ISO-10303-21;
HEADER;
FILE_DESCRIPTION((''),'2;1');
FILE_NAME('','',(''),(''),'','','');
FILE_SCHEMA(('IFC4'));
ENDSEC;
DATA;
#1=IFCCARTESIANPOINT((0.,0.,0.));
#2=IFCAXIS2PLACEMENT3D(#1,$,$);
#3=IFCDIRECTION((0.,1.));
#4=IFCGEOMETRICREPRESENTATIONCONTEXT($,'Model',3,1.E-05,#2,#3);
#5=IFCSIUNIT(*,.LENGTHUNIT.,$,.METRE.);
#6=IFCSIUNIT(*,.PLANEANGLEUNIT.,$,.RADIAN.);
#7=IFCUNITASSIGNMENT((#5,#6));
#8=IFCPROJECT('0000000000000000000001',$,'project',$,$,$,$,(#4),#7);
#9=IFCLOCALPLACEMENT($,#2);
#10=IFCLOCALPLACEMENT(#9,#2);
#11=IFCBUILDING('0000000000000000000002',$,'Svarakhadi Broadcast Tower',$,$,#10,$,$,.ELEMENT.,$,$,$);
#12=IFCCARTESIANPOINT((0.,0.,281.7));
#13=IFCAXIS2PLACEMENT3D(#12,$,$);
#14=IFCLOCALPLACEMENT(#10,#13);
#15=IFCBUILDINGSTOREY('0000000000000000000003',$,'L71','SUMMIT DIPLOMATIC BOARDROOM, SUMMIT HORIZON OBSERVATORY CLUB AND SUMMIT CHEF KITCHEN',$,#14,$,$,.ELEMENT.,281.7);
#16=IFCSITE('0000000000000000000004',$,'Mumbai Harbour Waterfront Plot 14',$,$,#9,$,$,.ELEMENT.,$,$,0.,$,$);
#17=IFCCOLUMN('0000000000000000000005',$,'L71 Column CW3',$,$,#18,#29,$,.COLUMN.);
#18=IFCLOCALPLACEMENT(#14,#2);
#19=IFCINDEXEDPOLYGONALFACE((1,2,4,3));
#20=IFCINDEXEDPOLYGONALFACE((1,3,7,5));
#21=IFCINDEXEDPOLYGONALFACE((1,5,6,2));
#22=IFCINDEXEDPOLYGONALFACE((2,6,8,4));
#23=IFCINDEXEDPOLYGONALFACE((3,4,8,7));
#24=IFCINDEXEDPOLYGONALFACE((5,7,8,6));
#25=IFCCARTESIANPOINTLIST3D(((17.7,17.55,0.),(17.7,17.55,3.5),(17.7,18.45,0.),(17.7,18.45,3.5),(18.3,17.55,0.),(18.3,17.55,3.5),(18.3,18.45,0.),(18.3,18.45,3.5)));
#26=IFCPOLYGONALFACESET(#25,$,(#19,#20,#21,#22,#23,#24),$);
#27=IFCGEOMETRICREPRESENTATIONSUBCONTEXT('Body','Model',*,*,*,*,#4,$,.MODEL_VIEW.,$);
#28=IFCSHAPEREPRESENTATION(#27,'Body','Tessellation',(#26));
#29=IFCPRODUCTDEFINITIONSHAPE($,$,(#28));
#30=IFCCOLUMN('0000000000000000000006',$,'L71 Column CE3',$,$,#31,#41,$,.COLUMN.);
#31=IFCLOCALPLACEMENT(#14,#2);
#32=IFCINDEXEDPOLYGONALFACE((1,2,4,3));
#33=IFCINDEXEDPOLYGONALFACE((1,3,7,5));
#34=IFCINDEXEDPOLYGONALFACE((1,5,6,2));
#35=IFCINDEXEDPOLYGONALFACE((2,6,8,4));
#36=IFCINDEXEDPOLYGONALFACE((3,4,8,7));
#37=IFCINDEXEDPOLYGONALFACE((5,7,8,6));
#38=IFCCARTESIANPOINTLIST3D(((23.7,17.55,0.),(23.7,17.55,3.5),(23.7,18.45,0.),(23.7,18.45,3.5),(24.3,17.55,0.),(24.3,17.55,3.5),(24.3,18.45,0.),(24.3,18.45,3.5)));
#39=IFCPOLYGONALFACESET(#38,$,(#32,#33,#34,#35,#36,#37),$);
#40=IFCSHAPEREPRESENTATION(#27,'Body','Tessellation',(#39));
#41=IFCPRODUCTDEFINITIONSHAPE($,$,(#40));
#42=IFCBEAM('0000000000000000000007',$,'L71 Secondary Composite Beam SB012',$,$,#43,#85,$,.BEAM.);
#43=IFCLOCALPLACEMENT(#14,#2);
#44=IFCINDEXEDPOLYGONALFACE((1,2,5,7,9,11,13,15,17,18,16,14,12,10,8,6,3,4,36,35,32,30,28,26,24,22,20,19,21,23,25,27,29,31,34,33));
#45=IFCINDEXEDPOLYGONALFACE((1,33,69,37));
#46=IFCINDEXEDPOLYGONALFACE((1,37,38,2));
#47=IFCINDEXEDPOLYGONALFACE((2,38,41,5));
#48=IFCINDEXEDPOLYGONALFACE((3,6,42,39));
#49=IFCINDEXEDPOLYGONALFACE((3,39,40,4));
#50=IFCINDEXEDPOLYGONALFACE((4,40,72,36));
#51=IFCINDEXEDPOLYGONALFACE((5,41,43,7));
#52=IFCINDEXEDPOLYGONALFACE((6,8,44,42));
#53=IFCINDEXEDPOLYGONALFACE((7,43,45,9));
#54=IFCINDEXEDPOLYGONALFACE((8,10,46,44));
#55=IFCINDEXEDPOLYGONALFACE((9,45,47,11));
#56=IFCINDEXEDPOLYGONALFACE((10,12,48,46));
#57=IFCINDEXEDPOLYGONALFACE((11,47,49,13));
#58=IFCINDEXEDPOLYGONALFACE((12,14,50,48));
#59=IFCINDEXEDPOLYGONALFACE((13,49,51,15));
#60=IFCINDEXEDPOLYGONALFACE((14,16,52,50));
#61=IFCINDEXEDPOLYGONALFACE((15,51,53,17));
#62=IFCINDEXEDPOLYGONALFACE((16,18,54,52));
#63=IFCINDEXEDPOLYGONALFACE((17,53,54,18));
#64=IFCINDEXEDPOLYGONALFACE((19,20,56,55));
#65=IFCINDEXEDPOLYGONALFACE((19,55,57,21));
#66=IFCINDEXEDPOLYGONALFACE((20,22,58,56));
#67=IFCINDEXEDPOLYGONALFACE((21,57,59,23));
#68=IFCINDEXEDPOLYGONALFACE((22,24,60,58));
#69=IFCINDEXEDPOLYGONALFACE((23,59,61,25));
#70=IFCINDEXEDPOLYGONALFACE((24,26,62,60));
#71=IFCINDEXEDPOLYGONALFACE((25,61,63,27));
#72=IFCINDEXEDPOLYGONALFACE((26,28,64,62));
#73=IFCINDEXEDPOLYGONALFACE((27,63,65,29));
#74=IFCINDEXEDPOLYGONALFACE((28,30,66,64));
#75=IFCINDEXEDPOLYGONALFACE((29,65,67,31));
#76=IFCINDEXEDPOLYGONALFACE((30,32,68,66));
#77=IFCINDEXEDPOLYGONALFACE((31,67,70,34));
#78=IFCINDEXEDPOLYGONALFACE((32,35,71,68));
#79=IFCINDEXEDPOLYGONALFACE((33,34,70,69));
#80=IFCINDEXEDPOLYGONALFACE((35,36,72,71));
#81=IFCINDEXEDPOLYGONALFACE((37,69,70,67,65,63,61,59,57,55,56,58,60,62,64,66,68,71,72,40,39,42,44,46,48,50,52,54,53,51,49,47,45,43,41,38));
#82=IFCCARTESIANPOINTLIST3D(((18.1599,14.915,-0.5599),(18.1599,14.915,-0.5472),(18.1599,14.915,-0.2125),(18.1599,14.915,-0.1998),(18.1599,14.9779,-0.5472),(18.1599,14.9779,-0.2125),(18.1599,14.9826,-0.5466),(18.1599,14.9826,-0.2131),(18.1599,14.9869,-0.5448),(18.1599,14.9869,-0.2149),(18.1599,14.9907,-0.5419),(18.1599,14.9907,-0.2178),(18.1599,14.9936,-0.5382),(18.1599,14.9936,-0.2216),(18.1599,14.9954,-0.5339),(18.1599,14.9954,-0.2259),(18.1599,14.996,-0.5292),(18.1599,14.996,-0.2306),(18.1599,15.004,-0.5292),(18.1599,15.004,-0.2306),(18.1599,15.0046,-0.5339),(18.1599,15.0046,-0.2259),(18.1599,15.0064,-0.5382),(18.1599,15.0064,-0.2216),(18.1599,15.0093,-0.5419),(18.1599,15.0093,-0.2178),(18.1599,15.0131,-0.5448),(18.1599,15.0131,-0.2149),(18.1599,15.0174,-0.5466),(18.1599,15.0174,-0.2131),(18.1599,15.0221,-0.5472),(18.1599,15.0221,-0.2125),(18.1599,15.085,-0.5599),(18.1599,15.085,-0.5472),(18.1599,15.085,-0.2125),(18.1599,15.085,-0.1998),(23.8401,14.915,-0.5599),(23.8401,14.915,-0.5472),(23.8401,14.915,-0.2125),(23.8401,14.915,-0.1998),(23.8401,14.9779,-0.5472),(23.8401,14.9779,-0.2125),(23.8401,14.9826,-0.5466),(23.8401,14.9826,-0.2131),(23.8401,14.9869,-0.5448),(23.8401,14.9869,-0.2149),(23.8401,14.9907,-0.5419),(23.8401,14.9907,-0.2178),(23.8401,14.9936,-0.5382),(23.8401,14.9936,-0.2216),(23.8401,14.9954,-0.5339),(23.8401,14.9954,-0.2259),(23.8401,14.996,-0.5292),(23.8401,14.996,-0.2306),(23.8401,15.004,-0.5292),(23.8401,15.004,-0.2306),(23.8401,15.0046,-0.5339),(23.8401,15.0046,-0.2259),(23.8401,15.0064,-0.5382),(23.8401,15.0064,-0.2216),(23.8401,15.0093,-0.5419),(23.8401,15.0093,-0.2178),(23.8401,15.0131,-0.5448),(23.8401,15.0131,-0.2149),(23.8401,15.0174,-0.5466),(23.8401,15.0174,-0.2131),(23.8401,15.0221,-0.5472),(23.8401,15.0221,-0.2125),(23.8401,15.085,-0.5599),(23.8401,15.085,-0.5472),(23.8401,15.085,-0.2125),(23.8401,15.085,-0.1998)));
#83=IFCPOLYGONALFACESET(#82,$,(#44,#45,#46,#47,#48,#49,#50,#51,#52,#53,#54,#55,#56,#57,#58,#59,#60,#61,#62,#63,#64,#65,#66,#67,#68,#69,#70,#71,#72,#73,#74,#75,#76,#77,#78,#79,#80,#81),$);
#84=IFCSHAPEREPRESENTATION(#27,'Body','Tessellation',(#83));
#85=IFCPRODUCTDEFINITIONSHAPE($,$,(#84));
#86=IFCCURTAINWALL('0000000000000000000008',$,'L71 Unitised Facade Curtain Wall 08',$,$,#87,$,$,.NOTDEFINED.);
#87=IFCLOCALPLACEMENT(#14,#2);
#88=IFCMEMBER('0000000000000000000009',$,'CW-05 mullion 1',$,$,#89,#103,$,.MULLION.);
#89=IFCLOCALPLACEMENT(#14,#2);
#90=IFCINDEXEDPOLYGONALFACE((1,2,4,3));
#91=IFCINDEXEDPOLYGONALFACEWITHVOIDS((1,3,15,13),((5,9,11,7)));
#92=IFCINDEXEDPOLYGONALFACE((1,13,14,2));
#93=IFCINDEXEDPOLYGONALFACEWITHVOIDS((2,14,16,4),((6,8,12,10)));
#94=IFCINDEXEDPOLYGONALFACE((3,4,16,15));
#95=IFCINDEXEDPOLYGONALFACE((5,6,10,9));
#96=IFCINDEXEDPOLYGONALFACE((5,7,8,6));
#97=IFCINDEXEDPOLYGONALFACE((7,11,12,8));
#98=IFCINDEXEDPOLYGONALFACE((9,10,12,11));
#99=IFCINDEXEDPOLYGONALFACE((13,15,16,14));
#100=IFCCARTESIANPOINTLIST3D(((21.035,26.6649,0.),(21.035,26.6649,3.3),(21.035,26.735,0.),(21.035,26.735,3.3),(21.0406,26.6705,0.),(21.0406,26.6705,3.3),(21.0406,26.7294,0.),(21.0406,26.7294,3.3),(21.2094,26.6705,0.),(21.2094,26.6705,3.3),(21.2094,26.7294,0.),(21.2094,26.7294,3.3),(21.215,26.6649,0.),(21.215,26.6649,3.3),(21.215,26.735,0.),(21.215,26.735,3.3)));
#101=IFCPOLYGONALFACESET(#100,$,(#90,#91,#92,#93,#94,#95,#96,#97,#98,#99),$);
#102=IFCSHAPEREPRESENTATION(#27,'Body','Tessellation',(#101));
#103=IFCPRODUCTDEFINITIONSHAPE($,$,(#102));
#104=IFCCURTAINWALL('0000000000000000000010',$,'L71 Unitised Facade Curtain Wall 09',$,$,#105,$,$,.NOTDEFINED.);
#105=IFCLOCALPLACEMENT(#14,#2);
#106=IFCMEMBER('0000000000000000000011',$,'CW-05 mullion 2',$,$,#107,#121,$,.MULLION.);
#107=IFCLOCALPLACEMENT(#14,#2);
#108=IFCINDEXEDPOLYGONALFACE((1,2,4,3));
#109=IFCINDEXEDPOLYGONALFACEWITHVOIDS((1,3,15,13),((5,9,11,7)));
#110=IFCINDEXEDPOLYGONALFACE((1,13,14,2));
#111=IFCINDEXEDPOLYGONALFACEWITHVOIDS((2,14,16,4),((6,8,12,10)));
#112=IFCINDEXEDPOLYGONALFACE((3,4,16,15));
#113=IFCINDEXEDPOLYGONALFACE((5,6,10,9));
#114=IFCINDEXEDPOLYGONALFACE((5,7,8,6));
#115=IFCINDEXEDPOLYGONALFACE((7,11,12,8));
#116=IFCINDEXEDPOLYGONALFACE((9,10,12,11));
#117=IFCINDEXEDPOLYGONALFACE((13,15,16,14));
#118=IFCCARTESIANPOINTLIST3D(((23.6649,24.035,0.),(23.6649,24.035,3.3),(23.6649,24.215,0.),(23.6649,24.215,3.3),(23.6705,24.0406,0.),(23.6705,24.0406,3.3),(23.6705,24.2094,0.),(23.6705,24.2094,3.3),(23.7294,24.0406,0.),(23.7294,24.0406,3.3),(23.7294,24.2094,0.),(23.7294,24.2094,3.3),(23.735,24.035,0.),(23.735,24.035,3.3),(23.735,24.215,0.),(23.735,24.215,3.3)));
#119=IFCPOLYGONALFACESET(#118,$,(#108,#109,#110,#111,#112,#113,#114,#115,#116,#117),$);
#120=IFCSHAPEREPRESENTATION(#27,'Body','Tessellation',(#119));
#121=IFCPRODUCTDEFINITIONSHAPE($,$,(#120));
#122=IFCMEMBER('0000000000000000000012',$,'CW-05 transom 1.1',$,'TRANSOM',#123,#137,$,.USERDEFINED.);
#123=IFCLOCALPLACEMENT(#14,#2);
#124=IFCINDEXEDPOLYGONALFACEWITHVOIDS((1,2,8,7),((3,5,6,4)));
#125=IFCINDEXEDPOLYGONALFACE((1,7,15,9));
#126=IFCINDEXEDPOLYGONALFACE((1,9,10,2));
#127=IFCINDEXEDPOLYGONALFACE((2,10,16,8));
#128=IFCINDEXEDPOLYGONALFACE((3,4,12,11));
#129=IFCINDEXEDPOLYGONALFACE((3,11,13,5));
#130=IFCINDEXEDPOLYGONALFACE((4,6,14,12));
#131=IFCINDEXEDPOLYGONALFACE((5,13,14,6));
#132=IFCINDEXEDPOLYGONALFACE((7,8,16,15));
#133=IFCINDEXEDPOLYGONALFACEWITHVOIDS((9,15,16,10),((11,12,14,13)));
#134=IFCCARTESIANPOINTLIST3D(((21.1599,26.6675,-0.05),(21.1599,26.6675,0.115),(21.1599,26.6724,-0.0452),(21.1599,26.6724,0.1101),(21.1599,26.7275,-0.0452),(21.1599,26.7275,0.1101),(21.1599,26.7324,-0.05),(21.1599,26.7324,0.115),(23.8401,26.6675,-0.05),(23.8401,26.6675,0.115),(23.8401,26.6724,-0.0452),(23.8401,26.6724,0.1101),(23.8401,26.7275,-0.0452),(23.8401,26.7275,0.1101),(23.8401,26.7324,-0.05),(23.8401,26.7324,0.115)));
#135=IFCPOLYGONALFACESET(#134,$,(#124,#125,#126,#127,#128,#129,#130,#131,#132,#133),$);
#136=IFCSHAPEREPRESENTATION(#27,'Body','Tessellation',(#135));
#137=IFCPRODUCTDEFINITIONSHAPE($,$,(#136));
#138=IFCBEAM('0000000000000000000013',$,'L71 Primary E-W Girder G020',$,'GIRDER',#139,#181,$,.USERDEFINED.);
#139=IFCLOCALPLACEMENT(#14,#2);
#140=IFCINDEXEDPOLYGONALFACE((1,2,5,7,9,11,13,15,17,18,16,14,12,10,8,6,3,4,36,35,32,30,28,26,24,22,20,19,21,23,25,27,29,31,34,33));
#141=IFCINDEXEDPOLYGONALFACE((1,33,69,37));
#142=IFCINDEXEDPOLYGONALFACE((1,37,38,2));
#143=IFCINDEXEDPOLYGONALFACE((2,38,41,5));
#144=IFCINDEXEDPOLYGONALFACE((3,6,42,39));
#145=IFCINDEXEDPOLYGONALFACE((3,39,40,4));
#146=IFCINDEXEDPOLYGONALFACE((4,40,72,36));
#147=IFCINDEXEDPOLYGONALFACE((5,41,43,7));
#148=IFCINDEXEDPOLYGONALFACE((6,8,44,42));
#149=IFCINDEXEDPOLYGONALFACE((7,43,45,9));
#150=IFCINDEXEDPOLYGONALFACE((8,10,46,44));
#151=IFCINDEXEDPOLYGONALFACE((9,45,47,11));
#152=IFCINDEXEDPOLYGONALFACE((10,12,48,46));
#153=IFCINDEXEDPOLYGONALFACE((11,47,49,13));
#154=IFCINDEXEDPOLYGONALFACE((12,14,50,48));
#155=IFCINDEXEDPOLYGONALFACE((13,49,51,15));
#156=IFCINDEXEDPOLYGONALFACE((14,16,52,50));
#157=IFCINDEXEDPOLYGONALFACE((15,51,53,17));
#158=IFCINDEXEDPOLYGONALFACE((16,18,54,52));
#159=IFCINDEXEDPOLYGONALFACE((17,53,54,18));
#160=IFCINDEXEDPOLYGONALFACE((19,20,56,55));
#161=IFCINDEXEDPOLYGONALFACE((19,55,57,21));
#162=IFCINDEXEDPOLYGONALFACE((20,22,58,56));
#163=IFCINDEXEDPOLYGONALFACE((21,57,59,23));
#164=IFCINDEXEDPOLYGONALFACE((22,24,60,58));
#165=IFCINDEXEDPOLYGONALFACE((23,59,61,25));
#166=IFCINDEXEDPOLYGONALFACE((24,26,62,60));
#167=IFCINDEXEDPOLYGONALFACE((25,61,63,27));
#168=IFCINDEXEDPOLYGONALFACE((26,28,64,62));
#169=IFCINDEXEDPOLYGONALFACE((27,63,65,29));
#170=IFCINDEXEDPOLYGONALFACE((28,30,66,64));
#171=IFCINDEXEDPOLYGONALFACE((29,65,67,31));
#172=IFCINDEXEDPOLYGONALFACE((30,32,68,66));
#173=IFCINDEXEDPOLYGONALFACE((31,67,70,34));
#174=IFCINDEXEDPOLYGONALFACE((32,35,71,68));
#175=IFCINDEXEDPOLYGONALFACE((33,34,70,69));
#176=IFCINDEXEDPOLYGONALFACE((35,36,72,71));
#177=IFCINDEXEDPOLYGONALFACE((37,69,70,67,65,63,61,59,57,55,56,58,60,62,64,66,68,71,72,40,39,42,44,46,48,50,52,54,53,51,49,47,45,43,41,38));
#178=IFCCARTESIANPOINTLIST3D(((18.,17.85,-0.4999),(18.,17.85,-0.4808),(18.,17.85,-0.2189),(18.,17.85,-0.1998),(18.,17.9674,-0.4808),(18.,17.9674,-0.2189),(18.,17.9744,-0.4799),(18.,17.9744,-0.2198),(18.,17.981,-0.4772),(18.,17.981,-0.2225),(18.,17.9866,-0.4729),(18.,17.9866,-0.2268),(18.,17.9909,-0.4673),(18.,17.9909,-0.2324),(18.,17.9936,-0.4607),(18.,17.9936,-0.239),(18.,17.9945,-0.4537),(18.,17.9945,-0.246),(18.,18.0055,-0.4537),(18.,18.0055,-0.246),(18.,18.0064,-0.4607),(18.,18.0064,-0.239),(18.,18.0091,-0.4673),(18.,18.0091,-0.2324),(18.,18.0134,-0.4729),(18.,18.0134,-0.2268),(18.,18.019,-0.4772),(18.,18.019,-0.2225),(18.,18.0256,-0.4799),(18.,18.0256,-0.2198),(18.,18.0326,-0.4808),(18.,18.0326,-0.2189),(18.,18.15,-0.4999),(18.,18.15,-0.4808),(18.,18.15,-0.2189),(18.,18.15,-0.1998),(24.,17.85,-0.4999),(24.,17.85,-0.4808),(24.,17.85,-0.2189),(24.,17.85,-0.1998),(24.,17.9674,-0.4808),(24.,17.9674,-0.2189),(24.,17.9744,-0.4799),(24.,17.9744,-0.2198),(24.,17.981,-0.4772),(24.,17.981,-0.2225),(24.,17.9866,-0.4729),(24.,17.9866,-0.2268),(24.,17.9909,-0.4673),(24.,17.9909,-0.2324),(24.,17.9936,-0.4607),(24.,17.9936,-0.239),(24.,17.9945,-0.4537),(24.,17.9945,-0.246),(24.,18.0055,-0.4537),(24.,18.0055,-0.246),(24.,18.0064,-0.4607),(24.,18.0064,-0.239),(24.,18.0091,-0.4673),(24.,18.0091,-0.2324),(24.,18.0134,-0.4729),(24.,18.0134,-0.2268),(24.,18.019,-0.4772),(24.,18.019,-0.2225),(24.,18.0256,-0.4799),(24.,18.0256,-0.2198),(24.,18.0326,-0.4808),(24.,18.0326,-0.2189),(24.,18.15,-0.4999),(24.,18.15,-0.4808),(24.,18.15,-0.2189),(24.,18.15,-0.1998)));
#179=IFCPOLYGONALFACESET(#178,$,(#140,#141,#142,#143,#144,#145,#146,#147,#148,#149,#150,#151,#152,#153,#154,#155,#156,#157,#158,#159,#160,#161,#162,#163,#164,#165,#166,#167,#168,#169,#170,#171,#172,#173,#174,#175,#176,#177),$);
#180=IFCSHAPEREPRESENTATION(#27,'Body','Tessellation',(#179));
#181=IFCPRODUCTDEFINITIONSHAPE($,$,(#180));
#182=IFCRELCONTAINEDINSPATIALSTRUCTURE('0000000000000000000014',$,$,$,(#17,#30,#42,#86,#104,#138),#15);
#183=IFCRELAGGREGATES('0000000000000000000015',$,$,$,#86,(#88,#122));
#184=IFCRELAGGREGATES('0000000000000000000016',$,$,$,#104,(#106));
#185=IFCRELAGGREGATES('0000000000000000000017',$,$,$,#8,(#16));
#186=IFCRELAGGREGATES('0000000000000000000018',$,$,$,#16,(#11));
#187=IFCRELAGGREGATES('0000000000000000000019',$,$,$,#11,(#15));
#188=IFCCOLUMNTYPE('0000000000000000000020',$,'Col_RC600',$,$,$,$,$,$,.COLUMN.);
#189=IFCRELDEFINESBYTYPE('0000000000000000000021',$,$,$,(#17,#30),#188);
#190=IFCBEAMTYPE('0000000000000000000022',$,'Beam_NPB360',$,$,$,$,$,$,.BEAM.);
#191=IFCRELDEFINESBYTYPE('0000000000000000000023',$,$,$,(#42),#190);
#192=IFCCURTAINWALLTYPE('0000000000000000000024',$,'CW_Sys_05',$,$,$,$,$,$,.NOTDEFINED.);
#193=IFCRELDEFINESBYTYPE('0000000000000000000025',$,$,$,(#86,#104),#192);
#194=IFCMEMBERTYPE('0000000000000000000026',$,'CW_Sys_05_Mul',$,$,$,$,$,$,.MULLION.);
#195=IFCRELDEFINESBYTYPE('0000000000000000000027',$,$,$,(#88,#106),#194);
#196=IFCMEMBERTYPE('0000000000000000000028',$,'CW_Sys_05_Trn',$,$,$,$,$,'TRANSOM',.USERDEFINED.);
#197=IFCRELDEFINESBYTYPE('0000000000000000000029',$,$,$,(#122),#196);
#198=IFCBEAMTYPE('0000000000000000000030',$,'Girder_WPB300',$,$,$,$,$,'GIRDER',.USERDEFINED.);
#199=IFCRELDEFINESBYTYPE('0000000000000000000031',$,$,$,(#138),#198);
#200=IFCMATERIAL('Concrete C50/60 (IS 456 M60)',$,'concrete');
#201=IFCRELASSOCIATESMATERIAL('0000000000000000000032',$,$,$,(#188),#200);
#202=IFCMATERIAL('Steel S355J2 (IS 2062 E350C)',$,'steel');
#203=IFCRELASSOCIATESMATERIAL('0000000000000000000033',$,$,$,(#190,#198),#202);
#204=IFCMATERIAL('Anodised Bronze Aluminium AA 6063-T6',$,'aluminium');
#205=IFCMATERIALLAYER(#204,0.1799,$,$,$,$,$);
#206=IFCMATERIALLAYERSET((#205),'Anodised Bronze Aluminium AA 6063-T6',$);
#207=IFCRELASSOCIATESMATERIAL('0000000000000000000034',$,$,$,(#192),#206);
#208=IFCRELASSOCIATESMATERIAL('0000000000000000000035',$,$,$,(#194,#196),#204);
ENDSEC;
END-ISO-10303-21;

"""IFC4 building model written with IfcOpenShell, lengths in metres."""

from ifc_helpers import new_model, si_unit, direction, frame, origin, origin_2d, place, context, subcontext, project, spatial, rectangle, hollow_rectangle, i_section, extrude, material, layer, layer_set, material_profile, profile_set, type_object, element, aggregate, save


model = new_model("IFC4")

# Units and contexts
model_context = context("Model", 3, precision=1e-05, world=origin(), true_north=direction((0.0, 1.0)))
body_context = subcontext(model_context, "Body", "Model", "MODEL_VIEW")
ifc_project = project(units=[si_unit("LENGTHUNIT", "METRE"), si_unit("PLANEANGLEUNIT", "RADIAN")], contexts=[model_context])

# Site, building, storey
site_placement = place(None, origin())
site = spatial("IfcSite", under=ifc_project, at=site_placement, Name="Mumbai Harbour Waterfront Plot 14", CompositionType="ELEMENT", RefElevation=0.0)
building_placement = place(site_placement, origin())
building = spatial("IfcBuilding", under=site, at=building_placement, Name="Svarakhadi Broadcast Tower", CompositionType="ELEMENT")
storey_placement = place(building_placement, frame((0.0, 0.0, 281.7)))
storey = spatial("IfcBuildingStorey", under=building, at=storey_placement, Name="L71", Description="SUMMIT DIPLOMATIC BOARDROOM, SUMMIT HORIZON OBSERVATORY CLUB AND SUMMIT CHEF KITCHEN", CompositionType="ELEMENT", Elevation=281.7)

# Columns
ifc_material_1 = material(Name="Concrete C50/60 (IS 456 M60)", Category="concrete")
ifc_material_profile_1 = material_profile(ifc_material_1, rectangle(XDim=0.6001, YDim=0.8999, at=origin_2d()), Name="RC 600x900")
ifc_profile_set_1 = profile_set([ifc_material_profile_1], Name="Concrete C50/60 (IS 456 M60)")
column_type = type_object("IfcColumnType", Name="Col_RC600", PredefinedType="COLUMN", material=ifc_profile_set_1)
for number, where, z_axis, x_axis, name in (
    (1, (18.0, 18.0, 0.0), (0.0, 0.0, 1.0), (1.0, 0.0, 0.0), "L71 Column CW3"),
    (2, (24.0, 18.0, 0.0), (0.0, 0.0, 1.0), (1.0, 0.0, 0.0), "L71 Column CE3"),
):
    element("IfcColumn", number, at=place(storey_placement, frame(where, z_axis=z_axis, x_axis=x_axis)), inside=storey, type_object=column_type, Name=name, PredefinedType="COLUMN", context=body_context, shape_type="SweptSolid", body=[
        extrude(rectangle(XDim=0.6001, YDim=0.8999, at=origin_2d()), origin(), (0.0, 0.0, 1.0), 3.5),
    ])

# Beam
ifc_material_2 = material(Name="Steel S355J2 (IS 2062 E350C)", Category="steel")
ifc_material_profile_2 = material_profile(ifc_material_2, i_section(OverallWidth=0.1699, OverallDepth=0.3601, WebThickness=0.0081, FlangeThickness=0.0127, FilletRadius=0.0181, at=origin_2d()), Name="NPB 360x170x57")
ifc_profile_set_2 = profile_set([ifc_material_profile_2], Name="Steel S355J2 (IS 2062 E350C)")
beam_type_1 = type_object("IfcBeamType", Name="Beam_NPB360", PredefinedType="BEAM", material=ifc_profile_set_2)
beam_1_placement = place(storey_placement, frame((18.1599, 15.0, -0.3799), z_axis=(1.0, 0.0, 0.0), x_axis=(0.0, 1.0, 0.0)))
element("IfcBeam", 3, at=beam_1_placement, inside=storey, type_object=beam_type_1, Name="L71 Secondary Composite Beam SB012", PredefinedType="BEAM", context=body_context, shape_type="SweptSolid", body=[
    extrude(i_section(OverallWidth=0.1699, OverallDepth=0.3601, WebThickness=0.0081, FlangeThickness=0.0127, FilletRadius=0.0181, at=origin_2d()), origin(), (0.0, 0.0, 1.0), 5.6802),
])

# Curtain walls, members
ifc_material_3 = material(Name="Anodised Bronze Aluminium AA 6063-T6", Category="aluminium")
ifc_layer_1 = layer(ifc_material_3, 0.1799)
ifc_layer_set_1 = layer_set([ifc_layer_1], Name="Anodised Bronze Aluminium AA 6063-T6")
curtain_wall_type = type_object("IfcCurtainWallType", Name="CW_Sys_05", PredefinedType="NOTDEFINED", material=ifc_layer_set_1)
curtain_wall_1_placement = place(storey_placement, origin())
curtain_wall_1 = element("IfcCurtainWall", 4, at=curtain_wall_1_placement, inside=storey, type_object=curtain_wall_type, Name="L71 Unitised Facade Curtain Wall 08", PredefinedType="NOTDEFINED")
ifc_material_profile_3 = material_profile(ifc_material_3, hollow_rectangle(XDim=0.0701, YDim=0.1799, WallThickness=0.0056, at=origin_2d()), Name="ALU MULLION 180x70x6")
ifc_profile_set_3 = profile_set([ifc_material_profile_3], Name="Anodised Bronze Aluminium AA 6063-T6")
member_type_1 = type_object("IfcMemberType", Name="CW_Sys_05_Mul", PredefinedType="MULLION", material=ifc_profile_set_3)
member_1_placement = place(storey_placement, frame((21.125, 26.7, 0.0), z_axis=(0.0, 0.0, 1.0), x_axis=(0.0, 1.0, 0.0)))
member_1 = element("IfcMember", 5, at=member_1_placement, type_object=member_type_1, Name="CW-05 mullion 1", PredefinedType="MULLION", context=body_context, shape_type="SweptSolid", body=[
    extrude(hollow_rectangle(XDim=0.0701, YDim=0.1799, WallThickness=0.0056, at=origin_2d()), origin(), (0.0, 0.0, 1.0), 3.3),
])
curtain_wall_2_placement = place(storey_placement, origin())
curtain_wall_2 = element("IfcCurtainWall", 6, at=curtain_wall_2_placement, inside=storey, type_object=curtain_wall_type, Name="L71 Unitised Facade Curtain Wall 09", PredefinedType="NOTDEFINED")
member_2_placement = place(storey_placement, frame((23.7, 24.125, 0.0), z_axis=(0.0, 0.0, 1.0), x_axis=(1.0, 0.0, 0.0)))
member_2 = element("IfcMember", 7, at=member_2_placement, type_object=member_type_1, Name="CW-05 mullion 2", PredefinedType="MULLION", context=body_context, shape_type="SweptSolid", body=[
    extrude(hollow_rectangle(XDim=0.0701, YDim=0.1799, WallThickness=0.0056, at=origin_2d()), origin(), (0.0, 0.0, 1.0), 3.3),
])

# Member
ifc_material_profile_4 = material_profile(ifc_material_3, hollow_rectangle(XDim=0.0649, YDim=0.165, WallThickness=0.0049, at=origin_2d()), Name="ALU TRANSOM 165x65x5")
ifc_profile_set_4 = profile_set([ifc_material_profile_4], Name="Anodised Bronze Aluminium AA 6063-T6")
member_type_2 = type_object("IfcMemberType", Name="CW_Sys_05_Trn", ElementType="TRANSOM", PredefinedType="USERDEFINED", material=ifc_profile_set_4)
member_3_placement = place(storey_placement, frame((21.1599, 26.7, 0.0325), z_axis=(1.0, 0.0, 0.0), x_axis=(0.0, 1.0, 0.0)))
member_3 = element("IfcMember", 8, at=member_3_placement, type_object=member_type_2, Name="CW-05 transom 1.1", ObjectType="TRANSOM", PredefinedType="USERDEFINED", context=body_context, shape_type="SweptSolid", body=[
    extrude(hollow_rectangle(XDim=0.0649, YDim=0.165, WallThickness=0.0049, at=origin_2d()), origin(), (0.0, 0.0, 1.0), 2.6802),
])
aggregate(curtain_wall_1, [member_1, member_3])

# Beam
ifc_material_profile_5 = material_profile(ifc_material_2, i_section(OverallWidth=0.3, OverallDepth=0.3, WebThickness=0.011, FlangeThickness=0.019, FilletRadius=0.0271, at=origin_2d()), Name="WPB 300x300x117")
ifc_profile_set_5 = profile_set([ifc_material_profile_5], Name="Steel S355J2 (IS 2062 E350C)")
beam_type_2 = type_object("IfcBeamType", Name="Girder_WPB300", ElementType="GIRDER", PredefinedType="USERDEFINED", material=ifc_profile_set_5)
beam_2_placement = place(storey_placement, frame((18.0, 18.0, -0.3499), z_axis=(1.0, 0.0, 0.0), x_axis=(0.0, 1.0, 0.0)))
element("IfcBeam", 9, at=beam_2_placement, inside=storey, type_object=beam_type_2, Name="L71 Primary E-W Girder G020", ObjectType="GIRDER", PredefinedType="USERDEFINED", context=body_context, shape_type="SweptSolid", body=[
    extrude(i_section(OverallWidth=0.3, OverallDepth=0.3, WebThickness=0.011, FlangeThickness=0.019, FilletRadius=0.0271, at=origin_2d()), origin(), (0.0, 0.0, 1.0), 6.0),
])

aggregate(curtain_wall_2, [member_2])

save(model, "model.ifc")
